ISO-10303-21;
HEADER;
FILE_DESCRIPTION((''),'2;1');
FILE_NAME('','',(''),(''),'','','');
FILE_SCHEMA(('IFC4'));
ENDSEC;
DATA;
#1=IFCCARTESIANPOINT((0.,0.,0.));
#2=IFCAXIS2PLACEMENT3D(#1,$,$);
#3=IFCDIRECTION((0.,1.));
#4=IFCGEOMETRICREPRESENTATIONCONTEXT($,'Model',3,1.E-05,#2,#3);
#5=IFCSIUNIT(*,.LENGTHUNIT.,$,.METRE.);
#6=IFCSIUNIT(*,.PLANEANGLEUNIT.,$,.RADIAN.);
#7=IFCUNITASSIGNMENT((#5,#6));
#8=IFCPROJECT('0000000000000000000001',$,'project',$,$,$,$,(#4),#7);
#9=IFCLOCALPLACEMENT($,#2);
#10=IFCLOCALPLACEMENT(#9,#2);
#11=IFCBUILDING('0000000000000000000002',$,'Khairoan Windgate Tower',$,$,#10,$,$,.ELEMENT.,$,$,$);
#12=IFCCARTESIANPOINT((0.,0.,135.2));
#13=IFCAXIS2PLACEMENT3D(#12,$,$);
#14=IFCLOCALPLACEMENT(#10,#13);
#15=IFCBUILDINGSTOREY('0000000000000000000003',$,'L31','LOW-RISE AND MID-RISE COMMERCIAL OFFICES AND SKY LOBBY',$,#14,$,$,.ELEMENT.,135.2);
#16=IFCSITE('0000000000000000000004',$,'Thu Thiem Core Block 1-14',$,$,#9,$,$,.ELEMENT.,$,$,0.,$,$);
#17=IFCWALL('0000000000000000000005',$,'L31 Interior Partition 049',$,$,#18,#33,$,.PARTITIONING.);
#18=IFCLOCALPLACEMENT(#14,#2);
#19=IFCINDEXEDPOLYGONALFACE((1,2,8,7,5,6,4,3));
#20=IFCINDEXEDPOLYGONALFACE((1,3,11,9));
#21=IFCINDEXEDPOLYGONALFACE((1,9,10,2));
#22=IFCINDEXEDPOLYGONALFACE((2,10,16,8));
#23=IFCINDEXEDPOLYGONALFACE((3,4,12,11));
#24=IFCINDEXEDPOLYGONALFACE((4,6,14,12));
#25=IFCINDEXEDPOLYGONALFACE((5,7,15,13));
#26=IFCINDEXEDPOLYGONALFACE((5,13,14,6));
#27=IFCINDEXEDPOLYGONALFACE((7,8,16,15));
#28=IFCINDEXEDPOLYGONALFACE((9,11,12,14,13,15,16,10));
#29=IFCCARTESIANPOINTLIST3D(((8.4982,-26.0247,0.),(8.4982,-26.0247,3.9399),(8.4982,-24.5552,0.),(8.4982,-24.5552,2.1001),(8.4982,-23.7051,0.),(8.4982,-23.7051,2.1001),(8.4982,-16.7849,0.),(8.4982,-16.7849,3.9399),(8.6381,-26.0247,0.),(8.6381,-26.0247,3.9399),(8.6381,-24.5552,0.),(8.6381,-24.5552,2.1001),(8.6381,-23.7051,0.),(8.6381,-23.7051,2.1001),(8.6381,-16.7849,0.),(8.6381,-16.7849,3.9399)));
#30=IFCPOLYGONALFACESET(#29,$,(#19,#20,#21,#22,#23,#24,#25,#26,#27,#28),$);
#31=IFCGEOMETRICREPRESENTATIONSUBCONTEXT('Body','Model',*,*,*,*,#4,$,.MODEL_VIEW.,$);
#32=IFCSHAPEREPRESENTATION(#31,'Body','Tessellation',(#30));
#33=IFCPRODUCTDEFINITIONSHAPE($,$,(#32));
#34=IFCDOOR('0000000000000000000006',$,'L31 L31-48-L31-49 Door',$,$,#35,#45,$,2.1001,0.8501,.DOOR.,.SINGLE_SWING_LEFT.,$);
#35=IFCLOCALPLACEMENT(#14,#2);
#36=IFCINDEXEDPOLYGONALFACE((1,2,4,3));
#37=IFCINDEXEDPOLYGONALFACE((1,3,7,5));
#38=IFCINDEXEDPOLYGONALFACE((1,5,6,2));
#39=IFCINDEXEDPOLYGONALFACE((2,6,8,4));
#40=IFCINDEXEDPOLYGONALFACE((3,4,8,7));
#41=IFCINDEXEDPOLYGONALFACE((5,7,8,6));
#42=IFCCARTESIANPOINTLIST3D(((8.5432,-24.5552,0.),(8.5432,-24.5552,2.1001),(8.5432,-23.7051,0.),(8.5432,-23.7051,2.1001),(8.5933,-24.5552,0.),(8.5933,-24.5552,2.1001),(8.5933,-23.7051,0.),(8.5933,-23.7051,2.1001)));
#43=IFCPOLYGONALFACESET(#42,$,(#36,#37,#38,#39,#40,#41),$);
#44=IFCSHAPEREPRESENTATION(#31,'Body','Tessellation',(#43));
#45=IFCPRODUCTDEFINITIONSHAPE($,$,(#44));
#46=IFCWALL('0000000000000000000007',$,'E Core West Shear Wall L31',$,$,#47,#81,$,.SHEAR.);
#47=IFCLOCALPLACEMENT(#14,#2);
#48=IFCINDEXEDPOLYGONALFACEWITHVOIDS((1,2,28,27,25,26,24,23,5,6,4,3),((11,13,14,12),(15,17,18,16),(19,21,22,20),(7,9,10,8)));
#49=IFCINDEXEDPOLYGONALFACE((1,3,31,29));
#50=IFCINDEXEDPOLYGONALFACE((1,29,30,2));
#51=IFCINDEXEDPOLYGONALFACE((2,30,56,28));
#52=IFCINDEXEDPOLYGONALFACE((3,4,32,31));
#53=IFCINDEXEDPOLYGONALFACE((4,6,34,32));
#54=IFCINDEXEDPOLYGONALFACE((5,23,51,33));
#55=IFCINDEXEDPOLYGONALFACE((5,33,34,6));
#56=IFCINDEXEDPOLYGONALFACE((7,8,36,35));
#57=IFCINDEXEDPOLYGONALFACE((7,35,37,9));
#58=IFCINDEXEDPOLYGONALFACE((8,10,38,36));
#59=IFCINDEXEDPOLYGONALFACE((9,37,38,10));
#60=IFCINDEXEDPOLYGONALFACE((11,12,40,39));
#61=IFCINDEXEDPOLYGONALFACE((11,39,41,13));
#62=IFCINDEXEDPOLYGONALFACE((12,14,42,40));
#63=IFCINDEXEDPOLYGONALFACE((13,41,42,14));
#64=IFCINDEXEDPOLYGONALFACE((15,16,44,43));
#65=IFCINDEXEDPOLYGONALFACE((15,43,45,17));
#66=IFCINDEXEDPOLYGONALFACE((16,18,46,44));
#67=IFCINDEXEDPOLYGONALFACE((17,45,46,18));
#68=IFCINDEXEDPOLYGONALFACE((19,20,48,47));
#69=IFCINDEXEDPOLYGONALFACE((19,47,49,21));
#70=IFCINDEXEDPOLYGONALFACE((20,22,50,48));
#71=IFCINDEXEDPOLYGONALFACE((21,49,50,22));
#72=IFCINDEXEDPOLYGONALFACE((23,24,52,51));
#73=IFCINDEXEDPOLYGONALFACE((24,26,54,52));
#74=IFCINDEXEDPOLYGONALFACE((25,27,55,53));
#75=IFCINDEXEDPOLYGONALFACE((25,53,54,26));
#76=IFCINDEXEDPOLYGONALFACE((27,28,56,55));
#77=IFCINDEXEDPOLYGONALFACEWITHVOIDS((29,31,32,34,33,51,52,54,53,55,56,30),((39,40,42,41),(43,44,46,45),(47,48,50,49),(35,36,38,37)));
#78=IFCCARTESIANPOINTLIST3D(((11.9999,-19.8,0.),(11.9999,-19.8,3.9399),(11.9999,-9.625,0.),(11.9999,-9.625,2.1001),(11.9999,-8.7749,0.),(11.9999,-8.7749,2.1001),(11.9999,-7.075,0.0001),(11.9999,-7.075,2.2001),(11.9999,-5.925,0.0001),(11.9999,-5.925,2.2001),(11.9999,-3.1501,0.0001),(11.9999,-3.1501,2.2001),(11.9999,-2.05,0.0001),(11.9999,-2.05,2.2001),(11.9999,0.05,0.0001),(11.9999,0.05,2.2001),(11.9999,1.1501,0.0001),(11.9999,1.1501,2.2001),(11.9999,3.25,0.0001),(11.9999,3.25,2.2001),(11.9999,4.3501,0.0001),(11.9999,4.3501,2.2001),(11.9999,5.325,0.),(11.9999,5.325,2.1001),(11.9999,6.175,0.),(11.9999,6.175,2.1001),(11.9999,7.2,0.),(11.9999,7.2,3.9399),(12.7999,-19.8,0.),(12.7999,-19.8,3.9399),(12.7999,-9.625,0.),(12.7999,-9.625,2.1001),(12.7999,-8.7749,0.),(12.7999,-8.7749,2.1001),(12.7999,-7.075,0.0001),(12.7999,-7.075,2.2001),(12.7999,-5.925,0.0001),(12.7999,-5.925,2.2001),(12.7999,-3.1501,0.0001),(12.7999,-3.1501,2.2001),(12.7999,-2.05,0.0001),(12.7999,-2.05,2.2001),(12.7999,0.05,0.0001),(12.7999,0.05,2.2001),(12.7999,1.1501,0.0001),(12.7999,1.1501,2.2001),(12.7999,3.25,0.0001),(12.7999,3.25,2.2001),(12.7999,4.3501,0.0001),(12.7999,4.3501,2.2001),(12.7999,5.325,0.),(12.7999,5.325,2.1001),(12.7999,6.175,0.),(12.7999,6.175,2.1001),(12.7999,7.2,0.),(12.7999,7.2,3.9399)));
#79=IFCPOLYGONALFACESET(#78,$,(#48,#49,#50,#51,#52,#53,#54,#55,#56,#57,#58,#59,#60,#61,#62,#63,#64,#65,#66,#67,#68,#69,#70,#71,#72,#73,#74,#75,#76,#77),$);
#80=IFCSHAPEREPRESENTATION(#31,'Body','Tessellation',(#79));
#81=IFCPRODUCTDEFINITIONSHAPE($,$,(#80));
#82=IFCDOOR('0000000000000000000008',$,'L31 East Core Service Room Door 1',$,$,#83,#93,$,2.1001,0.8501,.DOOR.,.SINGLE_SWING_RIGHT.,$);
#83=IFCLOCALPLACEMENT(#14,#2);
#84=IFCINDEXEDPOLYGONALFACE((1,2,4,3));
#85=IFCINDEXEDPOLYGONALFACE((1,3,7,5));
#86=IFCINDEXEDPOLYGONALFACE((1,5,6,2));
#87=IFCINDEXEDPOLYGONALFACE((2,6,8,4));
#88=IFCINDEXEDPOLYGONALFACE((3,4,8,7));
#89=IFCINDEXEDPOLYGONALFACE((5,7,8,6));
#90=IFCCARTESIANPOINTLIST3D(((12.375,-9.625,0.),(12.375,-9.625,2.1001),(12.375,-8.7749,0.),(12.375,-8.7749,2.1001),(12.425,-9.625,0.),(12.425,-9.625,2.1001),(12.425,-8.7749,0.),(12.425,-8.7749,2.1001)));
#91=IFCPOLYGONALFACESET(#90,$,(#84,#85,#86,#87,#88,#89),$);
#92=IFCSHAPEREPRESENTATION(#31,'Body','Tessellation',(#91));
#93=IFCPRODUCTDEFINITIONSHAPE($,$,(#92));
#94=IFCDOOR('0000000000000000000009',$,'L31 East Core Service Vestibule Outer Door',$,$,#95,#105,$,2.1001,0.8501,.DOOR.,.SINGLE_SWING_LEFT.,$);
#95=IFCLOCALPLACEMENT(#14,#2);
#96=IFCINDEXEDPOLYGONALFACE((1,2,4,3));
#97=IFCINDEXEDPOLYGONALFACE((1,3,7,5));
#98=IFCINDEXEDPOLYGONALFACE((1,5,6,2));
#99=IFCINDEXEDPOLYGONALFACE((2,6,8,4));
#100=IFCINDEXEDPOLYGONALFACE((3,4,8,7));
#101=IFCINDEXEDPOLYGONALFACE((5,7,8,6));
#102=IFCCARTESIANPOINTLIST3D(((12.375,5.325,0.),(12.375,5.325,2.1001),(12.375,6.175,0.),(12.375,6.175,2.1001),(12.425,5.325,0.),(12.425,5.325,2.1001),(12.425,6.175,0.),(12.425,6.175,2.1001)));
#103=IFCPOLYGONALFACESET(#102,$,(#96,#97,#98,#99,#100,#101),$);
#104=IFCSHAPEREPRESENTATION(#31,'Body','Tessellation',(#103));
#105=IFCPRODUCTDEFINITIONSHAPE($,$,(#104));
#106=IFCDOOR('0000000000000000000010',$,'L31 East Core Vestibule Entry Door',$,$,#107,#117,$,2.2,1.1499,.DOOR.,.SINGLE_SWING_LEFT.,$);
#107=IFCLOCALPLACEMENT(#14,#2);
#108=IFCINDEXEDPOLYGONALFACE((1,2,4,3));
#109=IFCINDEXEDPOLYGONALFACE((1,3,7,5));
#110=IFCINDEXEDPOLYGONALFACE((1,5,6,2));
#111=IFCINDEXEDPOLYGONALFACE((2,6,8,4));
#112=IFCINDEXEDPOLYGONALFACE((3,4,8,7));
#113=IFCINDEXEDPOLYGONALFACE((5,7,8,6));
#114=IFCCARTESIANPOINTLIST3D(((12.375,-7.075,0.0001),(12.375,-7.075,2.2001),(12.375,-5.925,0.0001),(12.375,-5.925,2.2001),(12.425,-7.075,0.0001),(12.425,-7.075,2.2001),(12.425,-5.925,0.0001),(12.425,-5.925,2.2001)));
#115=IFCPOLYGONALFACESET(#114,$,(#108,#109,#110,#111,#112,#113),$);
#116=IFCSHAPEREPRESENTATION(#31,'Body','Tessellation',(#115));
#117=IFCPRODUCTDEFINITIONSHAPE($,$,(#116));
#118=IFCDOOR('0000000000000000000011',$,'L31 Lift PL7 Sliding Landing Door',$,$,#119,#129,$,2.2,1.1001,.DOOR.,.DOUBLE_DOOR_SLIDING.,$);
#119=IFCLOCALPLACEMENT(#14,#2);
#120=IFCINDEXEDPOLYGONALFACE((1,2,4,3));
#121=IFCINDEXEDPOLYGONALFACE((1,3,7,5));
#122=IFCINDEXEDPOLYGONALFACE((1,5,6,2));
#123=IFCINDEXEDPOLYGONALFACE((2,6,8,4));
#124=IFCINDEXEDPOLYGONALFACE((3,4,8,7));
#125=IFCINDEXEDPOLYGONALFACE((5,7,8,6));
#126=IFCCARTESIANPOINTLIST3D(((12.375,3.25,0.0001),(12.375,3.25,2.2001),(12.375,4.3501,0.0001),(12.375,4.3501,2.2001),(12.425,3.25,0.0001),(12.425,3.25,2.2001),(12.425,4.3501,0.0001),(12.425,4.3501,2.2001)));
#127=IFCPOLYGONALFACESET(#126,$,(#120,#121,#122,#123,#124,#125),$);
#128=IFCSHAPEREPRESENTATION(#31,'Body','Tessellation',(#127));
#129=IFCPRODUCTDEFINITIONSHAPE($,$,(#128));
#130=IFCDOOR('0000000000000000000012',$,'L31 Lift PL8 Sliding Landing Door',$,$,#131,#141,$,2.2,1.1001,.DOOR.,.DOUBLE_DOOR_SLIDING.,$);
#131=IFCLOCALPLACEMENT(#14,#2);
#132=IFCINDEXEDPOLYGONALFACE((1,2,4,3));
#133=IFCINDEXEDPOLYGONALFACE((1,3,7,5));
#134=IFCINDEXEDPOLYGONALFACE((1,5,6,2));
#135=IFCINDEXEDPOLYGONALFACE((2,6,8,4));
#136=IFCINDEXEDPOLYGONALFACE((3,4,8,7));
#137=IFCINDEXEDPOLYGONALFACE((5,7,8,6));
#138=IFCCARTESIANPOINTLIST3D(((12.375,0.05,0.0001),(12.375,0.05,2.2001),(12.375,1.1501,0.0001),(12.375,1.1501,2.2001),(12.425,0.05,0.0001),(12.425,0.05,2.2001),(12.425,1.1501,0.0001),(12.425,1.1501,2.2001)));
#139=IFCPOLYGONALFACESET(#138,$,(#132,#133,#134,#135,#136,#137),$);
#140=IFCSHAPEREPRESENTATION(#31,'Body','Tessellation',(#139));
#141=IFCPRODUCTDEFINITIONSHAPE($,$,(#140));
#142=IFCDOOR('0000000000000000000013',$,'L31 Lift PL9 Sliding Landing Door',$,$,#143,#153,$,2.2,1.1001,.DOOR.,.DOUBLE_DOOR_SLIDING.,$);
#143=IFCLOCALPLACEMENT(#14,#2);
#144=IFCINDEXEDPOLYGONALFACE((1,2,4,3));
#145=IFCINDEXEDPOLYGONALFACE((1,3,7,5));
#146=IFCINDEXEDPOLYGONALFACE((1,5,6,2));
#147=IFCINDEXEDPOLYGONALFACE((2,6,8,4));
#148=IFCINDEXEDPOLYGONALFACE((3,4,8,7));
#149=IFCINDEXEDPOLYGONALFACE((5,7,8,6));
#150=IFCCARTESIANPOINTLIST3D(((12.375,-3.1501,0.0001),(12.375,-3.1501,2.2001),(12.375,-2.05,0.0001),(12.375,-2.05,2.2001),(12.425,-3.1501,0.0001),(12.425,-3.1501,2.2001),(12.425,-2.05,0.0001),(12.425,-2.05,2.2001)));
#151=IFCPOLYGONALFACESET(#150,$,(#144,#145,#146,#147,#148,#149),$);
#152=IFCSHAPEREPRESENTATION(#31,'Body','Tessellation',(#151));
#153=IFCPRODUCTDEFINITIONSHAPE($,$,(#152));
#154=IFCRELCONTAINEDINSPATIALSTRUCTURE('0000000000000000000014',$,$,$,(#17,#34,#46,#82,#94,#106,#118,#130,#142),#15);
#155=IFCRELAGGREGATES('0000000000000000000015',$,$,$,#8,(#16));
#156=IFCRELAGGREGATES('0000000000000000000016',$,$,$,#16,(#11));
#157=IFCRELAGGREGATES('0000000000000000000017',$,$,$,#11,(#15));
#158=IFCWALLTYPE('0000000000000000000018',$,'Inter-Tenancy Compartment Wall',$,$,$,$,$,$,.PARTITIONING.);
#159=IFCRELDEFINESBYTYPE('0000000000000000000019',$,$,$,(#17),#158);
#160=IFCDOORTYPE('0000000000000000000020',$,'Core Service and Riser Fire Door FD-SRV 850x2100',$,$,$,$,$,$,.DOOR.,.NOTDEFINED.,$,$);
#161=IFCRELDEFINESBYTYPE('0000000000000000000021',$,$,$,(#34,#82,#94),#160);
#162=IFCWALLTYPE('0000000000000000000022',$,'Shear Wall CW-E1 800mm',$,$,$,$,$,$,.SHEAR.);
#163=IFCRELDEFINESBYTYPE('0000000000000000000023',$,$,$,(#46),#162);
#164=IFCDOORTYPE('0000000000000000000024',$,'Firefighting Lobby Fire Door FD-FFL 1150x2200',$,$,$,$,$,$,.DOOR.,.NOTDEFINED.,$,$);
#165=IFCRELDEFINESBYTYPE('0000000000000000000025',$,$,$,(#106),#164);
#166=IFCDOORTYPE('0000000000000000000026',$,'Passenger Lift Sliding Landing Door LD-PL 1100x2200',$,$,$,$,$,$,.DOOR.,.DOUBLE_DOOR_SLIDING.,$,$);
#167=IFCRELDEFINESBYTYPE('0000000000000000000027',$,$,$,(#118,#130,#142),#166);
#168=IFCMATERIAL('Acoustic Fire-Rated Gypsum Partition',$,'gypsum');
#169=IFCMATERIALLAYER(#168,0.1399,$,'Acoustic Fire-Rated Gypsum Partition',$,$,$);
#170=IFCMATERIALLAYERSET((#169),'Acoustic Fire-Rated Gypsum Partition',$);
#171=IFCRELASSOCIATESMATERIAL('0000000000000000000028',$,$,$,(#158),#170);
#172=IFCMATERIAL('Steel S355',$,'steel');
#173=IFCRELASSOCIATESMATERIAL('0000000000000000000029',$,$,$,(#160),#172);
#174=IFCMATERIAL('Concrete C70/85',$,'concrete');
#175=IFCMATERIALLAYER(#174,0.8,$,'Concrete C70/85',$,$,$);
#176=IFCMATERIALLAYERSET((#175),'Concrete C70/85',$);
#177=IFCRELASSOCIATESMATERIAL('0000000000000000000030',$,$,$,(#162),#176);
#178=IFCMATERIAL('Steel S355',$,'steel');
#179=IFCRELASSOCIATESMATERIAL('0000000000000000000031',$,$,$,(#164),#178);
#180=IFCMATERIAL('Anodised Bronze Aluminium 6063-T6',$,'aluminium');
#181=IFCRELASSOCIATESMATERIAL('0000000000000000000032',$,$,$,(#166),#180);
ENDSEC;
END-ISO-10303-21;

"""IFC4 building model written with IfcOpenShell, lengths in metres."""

from ifc_helpers import new_model, si_unit, direction, frame, frame_2d, origin, place, context, subcontext, project, spatial, rectangle, extrude, material, layer, layer_set, type_object, element, fill, save


model = new_model("IFC4")

# Units and contexts
model_context = context("Model", 3, precision=1e-05, world=origin(), true_north=direction((0.0, 1.0)))
body_context = subcontext(model_context, "Body", "Model", "MODEL_VIEW")
ifc_project = project(units=[si_unit("LENGTHUNIT", "METRE"), si_unit("PLANEANGLEUNIT", "RADIAN")], contexts=[model_context])

# Site, building, storey
site_placement = place(None, origin())
site = spatial("IfcSite", under=ifc_project, at=site_placement, Name="Thu Thiem Core Block 1-14", CompositionType="ELEMENT", RefElevation=0.0)
building_placement = place(site_placement, origin())
building = spatial("IfcBuilding", under=site, at=building_placement, Name="Khairoan Windgate Tower", CompositionType="ELEMENT")
storey_placement = place(building_placement, frame((0.0, 0.0, 135.2)))
storey = spatial("IfcBuildingStorey", under=building, at=storey_placement, Name="L31", Description="LOW-RISE AND MID-RISE COMMERCIAL OFFICES AND SKY LOBBY", CompositionType="ELEMENT", Elevation=135.2)

# Shared definitions
ifc_material_1 = material(Name="Acoustic Fire-Rated Gypsum Partition", Category="gypsum")
ifc_layer_1 = layer(ifc_material_1, 0.1399, Name="Acoustic Fire-Rated Gypsum Partition")
ifc_layer_set_1 = layer_set([ifc_layer_1], Name="Acoustic Fire-Rated Gypsum Partition")
wall_type_1 = type_object("IfcWallType", Name="Inter-Tenancy Compartment Wall", PredefinedType="PARTITIONING", material=ifc_layer_set_1)

# Wall, opening, door
wall_1_placement = place(storey_placement, frame((8.5681, -26.0247, 0.0), z_axis=(0.0, 0.0, 1.0), x_axis=(0.0, 1.0, 0.0)))
wall_1 = element("IfcWall", 1, at=wall_1_placement, inside=storey, type_object=wall_type_1, Name="L31 Interior Partition 049", PredefinedType="PARTITIONING", context=body_context, shape_type="SweptSolid", body=[
    extrude(rectangle(XDim=9.2397, YDim=0.1399, at=frame_2d((4.6199, 0.0))), origin(), (0.0, 0.0, 1.0), 3.9399),
])
opening_1_placement = place(wall_1_placement, frame((1.4695, 0.0, 0.0)))
opening_1 = element("IfcOpeningElement", 2, at=opening_1_placement, cuts=wall_1, PredefinedType="OPENING", context=body_context, shape_type="SweptSolid", body=[
    extrude(rectangle(XDim=0.8501, YDim=2.1001, at=frame_2d((0.425, 1.05))), frame((0.0, 0.0798, 0.0), z_axis=(0.0, -1.0, 0.0), x_axis=(1.0, 0.0, 0.0)), (0.0, 0.0, 1.0), 0.1599),
])
ifc_material_2 = material(Name="Steel S355", Category="steel")
door_type_1 = type_object("IfcDoorType", Name="Core Service and Riser Fire Door FD-SRV 850x2100", OperationType="NOTDEFINED", PredefinedType="DOOR", material=ifc_material_2)
door_1_placement = place(opening_1_placement, origin())
door_1 = element("IfcDoor", 3, at=door_1_placement, inside=storey, type_object=door_type_1, Name="L31 L31-48-L31-49 Door", OperationType="SINGLE_SWING_LEFT", OverallHeight=2.1001, OverallWidth=0.8501, PredefinedType="DOOR", context=body_context, shape_type="SweptSolid", body=[
    extrude(rectangle(XDim=0.8501, YDim=2.1001, at=frame_2d((0.425, 1.05))), frame((0.0, 0.0249, 0.0), z_axis=(0.0, -1.0, 0.0), x_axis=(1.0, 0.0, 0.0)), (0.0, 0.0, 1.0), 0.05),
])
fill(opening_1, door_1)

# Wall, openings, doors
ifc_material_3 = material(Name="Concrete C70/85", Category="concrete")
ifc_layer_2 = layer(ifc_material_3, 0.8, Name="Concrete C70/85")
ifc_layer_set_2 = layer_set([ifc_layer_2], Name="Concrete C70/85")
wall_type_2 = type_object("IfcWallType", Name="Shear Wall CW-E1 800mm", PredefinedType="SHEAR", material=ifc_layer_set_2)
wall_2_placement = place(storey_placement, frame((12.3999, -19.8, 0.0), z_axis=(0.0, 0.0, 1.0), x_axis=(0.0, 1.0, 0.0)))
wall_2 = element("IfcWall", 4, at=wall_2_placement, inside=storey, type_object=wall_type_2, Name="E Core West Shear Wall L31", PredefinedType="SHEAR", context=body_context, shape_type="SweptSolid", body=[
    extrude(rectangle(XDim=27.0, YDim=0.8, at=frame_2d((13.5, 0.0))), origin(), (0.0, 0.0, 1.0), 3.9399),
])
opening_2_placement = place(wall_2_placement, frame((23.05, 0.0, 0.0)))
opening_2 = element("IfcOpeningElement", 5, at=opening_2_placement, cuts=wall_2, PredefinedType="OPENING", context=body_context, shape_type="SweptSolid", body=[
    extrude(rectangle(XDim=1.1001, YDim=2.2, at=frame_2d((0.55, 1.1001))), frame((0.0, 0.4099, 0.0), z_axis=(0.0, -1.0, 0.0), x_axis=(1.0, 0.0, 0.0)), (0.0, 0.0, 1.0), 0.8201),
])
opening_3_placement = place(wall_2_placement, frame((19.8501, 0.0, 0.0)))
opening_3 = element("IfcOpeningElement", 6, at=opening_3_placement, cuts=wall_2, PredefinedType="OPENING", context=body_context, shape_type="SweptSolid", body=[
    extrude(rectangle(XDim=1.1001, YDim=2.2, at=frame_2d((0.55, 1.1001))), frame((0.0, 0.4099, 0.0), z_axis=(0.0, -1.0, 0.0), x_axis=(1.0, 0.0, 0.0)), (0.0, 0.0, 1.0), 0.8201),
])
opening_4_placement = place(wall_2_placement, frame((16.6499, 0.0, 0.0)))
opening_4 = element("IfcOpeningElement", 7, at=opening_4_placement, cuts=wall_2, PredefinedType="OPENING", context=body_context, shape_type="SweptSolid", body=[
    extrude(rectangle(XDim=1.1001, YDim=2.2, at=frame_2d((0.55, 1.1001))), frame((0.0, 0.4099, 0.0), z_axis=(0.0, -1.0, 0.0), x_axis=(1.0, 0.0, 0.0)), (0.0, 0.0, 1.0), 0.8201),
])
opening_5_placement = place(wall_2_placement, frame((10.175, 0.0, 0.0)))
opening_5 = element("IfcOpeningElement", 8, at=opening_5_placement, cuts=wall_2, PredefinedType="OPENING", context=body_context, shape_type="SweptSolid", body=[
    extrude(rectangle(XDim=0.8501, YDim=2.1001, at=frame_2d((0.425, 1.05))), frame((0.0, 0.4099, 0.0), z_axis=(0.0, -1.0, 0.0), x_axis=(1.0, 0.0, 0.0)), (0.0, 0.0, 1.0), 0.8201),
])
opening_6_placement = place(wall_2_placement, frame((12.7251, 0.0, 0.0)))
opening_6 = element("IfcOpeningElement", 9, at=opening_6_placement, cuts=wall_2, PredefinedType="OPENING", context=body_context, shape_type="SweptSolid", body=[
    extrude(rectangle(XDim=1.1499, YDim=2.2, at=frame_2d((0.575, 1.1001))), frame((0.0, 0.4099, 0.0), z_axis=(0.0, -1.0, 0.0), x_axis=(1.0, 0.0, 0.0)), (0.0, 0.0, 1.0), 0.8201),
])
opening_7_placement = place(wall_2_placement, frame((25.125, 0.0, 0.0)))
opening_7 = element("IfcOpeningElement", 10, at=opening_7_placement, cuts=wall_2, PredefinedType="OPENING", context=body_context, shape_type="SweptSolid", body=[
    extrude(rectangle(XDim=0.8501, YDim=2.1001, at=frame_2d((0.425, 1.05))), frame((0.0, 0.4099, 0.0), z_axis=(0.0, -1.0, 0.0), x_axis=(1.0, 0.0, 0.0)), (0.0, 0.0, 1.0), 0.8201),
])
door_2_placement = place(opening_5_placement, origin())
door_2 = element("IfcDoor", 11, at=door_2_placement, inside=storey, type_object=door_type_1, Name="L31 East Core Service Room Door 1", OperationType="SINGLE_SWING_RIGHT", OverallHeight=2.1001, OverallWidth=0.8501, PredefinedType="DOOR", context=body_context, shape_type="SweptSolid", body=[
    extrude(rectangle(XDim=0.8501, YDim=2.1001, at=frame_2d((0.425, 1.05))), frame((0.0, 0.0249, 0.0), z_axis=(0.0, -1.0, 0.0), x_axis=(1.0, 0.0, 0.0)), (0.0, 0.0, 1.0), 0.05),
])
fill(opening_5, door_2)
door_3_placement = place(opening_7_placement, origin())
door_3 = element("IfcDoor", 12, at=door_3_placement, inside=storey, type_object=door_type_1, Name="L31 East Core Service Vestibule Outer Door", OperationType="SINGLE_SWING_LEFT", OverallHeight=2.1001, OverallWidth=0.8501, PredefinedType="DOOR", context=body_context, shape_type="SweptSolid", body=[
    extrude(rectangle(XDim=0.8501, YDim=2.1001, at=frame_2d((0.425, 1.05))), frame((0.0, 0.0249, 0.0), z_axis=(0.0, -1.0, 0.0), x_axis=(1.0, 0.0, 0.0)), (0.0, 0.0, 1.0), 0.05),
])
fill(opening_7, door_3)
ifc_material_4 = material(Name="Steel S355", Category="steel")
door_type_2 = type_object("IfcDoorType", Name="Firefighting Lobby Fire Door FD-FFL 1150x2200", OperationType="NOTDEFINED", PredefinedType="DOOR", material=ifc_material_4)
door_4_placement = place(opening_6_placement, origin())
door_4 = element("IfcDoor", 13, at=door_4_placement, inside=storey, type_object=door_type_2, Name="L31 East Core Vestibule Entry Door", OperationType="SINGLE_SWING_LEFT", OverallHeight=2.2, OverallWidth=1.1499, PredefinedType="DOOR", context=body_context, shape_type="SweptSolid", body=[
    extrude(rectangle(XDim=1.1499, YDim=2.2, at=frame_2d((0.575, 1.1001))), frame((0.0, 0.0249, 0.0), z_axis=(0.0, -1.0, 0.0), x_axis=(1.0, 0.0, 0.0)), (0.0, 0.0, 1.0), 0.05),
])
fill(opening_6, door_4)
ifc_material_5 = material(Name="Anodised Bronze Aluminium 6063-T6", Category="aluminium")
door_type_3 = type_object("IfcDoorType", Name="Passenger Lift Sliding Landing Door LD-PL 1100x2200", OperationType="DOUBLE_DOOR_SLIDING", PredefinedType="DOOR", material=ifc_material_5)
door_5_placement = place(opening_2_placement, origin())
door_5 = element("IfcDoor", 14, at=door_5_placement, inside=storey, type_object=door_type_3, Name="L31 Lift PL7 Sliding Landing Door", OperationType="DOUBLE_DOOR_SLIDING", OverallHeight=2.2, OverallWidth=1.1001, PredefinedType="DOOR", context=body_context, shape_type="SweptSolid", body=[
    extrude(rectangle(XDim=1.1001, YDim=2.2, at=frame_2d((0.55, 1.1001))), frame((0.0, 0.0249, 0.0), z_axis=(0.0, -1.0, 0.0), x_axis=(1.0, 0.0, 0.0)), (0.0, 0.0, 1.0), 0.05),
])
fill(opening_2, door_5)
door_6_placement = place(opening_3_placement, origin())
door_6 = element("IfcDoor", 15, at=door_6_placement, inside=storey, type_object=door_type_3, Name="L31 Lift PL8 Sliding Landing Door", OperationType="DOUBLE_DOOR_SLIDING", OverallHeight=2.2, OverallWidth=1.1001, PredefinedType="DOOR", context=body_context, shape_type="SweptSolid", body=[
    extrude(rectangle(XDim=1.1001, YDim=2.2, at=frame_2d((0.55, 1.1001))), frame((0.0, 0.0249, 0.0), z_axis=(0.0, -1.0, 0.0), x_axis=(1.0, 0.0, 0.0)), (0.0, 0.0, 1.0), 0.05),
])
fill(opening_3, door_6)
door_7_placement = place(opening_4_placement, origin())
door_7 = element("IfcDoor", 16, at=door_7_placement, inside=storey, type_object=door_type_3, Name="L31 Lift PL9 Sliding Landing Door", OperationType="DOUBLE_DOOR_SLIDING", OverallHeight=2.2, OverallWidth=1.1001, PredefinedType="DOOR", context=body_context, shape_type="SweptSolid", body=[
    extrude(rectangle(XDim=1.1001, YDim=2.2, at=frame_2d((0.55, 1.1001))), frame((0.0, 0.0249, 0.0), z_axis=(0.0, -1.0, 0.0), x_axis=(1.0, 0.0, 0.0)), (0.0, 0.0, 1.0), 0.05),
])
fill(opening_4, door_7)

save(model, "model.ifc")
